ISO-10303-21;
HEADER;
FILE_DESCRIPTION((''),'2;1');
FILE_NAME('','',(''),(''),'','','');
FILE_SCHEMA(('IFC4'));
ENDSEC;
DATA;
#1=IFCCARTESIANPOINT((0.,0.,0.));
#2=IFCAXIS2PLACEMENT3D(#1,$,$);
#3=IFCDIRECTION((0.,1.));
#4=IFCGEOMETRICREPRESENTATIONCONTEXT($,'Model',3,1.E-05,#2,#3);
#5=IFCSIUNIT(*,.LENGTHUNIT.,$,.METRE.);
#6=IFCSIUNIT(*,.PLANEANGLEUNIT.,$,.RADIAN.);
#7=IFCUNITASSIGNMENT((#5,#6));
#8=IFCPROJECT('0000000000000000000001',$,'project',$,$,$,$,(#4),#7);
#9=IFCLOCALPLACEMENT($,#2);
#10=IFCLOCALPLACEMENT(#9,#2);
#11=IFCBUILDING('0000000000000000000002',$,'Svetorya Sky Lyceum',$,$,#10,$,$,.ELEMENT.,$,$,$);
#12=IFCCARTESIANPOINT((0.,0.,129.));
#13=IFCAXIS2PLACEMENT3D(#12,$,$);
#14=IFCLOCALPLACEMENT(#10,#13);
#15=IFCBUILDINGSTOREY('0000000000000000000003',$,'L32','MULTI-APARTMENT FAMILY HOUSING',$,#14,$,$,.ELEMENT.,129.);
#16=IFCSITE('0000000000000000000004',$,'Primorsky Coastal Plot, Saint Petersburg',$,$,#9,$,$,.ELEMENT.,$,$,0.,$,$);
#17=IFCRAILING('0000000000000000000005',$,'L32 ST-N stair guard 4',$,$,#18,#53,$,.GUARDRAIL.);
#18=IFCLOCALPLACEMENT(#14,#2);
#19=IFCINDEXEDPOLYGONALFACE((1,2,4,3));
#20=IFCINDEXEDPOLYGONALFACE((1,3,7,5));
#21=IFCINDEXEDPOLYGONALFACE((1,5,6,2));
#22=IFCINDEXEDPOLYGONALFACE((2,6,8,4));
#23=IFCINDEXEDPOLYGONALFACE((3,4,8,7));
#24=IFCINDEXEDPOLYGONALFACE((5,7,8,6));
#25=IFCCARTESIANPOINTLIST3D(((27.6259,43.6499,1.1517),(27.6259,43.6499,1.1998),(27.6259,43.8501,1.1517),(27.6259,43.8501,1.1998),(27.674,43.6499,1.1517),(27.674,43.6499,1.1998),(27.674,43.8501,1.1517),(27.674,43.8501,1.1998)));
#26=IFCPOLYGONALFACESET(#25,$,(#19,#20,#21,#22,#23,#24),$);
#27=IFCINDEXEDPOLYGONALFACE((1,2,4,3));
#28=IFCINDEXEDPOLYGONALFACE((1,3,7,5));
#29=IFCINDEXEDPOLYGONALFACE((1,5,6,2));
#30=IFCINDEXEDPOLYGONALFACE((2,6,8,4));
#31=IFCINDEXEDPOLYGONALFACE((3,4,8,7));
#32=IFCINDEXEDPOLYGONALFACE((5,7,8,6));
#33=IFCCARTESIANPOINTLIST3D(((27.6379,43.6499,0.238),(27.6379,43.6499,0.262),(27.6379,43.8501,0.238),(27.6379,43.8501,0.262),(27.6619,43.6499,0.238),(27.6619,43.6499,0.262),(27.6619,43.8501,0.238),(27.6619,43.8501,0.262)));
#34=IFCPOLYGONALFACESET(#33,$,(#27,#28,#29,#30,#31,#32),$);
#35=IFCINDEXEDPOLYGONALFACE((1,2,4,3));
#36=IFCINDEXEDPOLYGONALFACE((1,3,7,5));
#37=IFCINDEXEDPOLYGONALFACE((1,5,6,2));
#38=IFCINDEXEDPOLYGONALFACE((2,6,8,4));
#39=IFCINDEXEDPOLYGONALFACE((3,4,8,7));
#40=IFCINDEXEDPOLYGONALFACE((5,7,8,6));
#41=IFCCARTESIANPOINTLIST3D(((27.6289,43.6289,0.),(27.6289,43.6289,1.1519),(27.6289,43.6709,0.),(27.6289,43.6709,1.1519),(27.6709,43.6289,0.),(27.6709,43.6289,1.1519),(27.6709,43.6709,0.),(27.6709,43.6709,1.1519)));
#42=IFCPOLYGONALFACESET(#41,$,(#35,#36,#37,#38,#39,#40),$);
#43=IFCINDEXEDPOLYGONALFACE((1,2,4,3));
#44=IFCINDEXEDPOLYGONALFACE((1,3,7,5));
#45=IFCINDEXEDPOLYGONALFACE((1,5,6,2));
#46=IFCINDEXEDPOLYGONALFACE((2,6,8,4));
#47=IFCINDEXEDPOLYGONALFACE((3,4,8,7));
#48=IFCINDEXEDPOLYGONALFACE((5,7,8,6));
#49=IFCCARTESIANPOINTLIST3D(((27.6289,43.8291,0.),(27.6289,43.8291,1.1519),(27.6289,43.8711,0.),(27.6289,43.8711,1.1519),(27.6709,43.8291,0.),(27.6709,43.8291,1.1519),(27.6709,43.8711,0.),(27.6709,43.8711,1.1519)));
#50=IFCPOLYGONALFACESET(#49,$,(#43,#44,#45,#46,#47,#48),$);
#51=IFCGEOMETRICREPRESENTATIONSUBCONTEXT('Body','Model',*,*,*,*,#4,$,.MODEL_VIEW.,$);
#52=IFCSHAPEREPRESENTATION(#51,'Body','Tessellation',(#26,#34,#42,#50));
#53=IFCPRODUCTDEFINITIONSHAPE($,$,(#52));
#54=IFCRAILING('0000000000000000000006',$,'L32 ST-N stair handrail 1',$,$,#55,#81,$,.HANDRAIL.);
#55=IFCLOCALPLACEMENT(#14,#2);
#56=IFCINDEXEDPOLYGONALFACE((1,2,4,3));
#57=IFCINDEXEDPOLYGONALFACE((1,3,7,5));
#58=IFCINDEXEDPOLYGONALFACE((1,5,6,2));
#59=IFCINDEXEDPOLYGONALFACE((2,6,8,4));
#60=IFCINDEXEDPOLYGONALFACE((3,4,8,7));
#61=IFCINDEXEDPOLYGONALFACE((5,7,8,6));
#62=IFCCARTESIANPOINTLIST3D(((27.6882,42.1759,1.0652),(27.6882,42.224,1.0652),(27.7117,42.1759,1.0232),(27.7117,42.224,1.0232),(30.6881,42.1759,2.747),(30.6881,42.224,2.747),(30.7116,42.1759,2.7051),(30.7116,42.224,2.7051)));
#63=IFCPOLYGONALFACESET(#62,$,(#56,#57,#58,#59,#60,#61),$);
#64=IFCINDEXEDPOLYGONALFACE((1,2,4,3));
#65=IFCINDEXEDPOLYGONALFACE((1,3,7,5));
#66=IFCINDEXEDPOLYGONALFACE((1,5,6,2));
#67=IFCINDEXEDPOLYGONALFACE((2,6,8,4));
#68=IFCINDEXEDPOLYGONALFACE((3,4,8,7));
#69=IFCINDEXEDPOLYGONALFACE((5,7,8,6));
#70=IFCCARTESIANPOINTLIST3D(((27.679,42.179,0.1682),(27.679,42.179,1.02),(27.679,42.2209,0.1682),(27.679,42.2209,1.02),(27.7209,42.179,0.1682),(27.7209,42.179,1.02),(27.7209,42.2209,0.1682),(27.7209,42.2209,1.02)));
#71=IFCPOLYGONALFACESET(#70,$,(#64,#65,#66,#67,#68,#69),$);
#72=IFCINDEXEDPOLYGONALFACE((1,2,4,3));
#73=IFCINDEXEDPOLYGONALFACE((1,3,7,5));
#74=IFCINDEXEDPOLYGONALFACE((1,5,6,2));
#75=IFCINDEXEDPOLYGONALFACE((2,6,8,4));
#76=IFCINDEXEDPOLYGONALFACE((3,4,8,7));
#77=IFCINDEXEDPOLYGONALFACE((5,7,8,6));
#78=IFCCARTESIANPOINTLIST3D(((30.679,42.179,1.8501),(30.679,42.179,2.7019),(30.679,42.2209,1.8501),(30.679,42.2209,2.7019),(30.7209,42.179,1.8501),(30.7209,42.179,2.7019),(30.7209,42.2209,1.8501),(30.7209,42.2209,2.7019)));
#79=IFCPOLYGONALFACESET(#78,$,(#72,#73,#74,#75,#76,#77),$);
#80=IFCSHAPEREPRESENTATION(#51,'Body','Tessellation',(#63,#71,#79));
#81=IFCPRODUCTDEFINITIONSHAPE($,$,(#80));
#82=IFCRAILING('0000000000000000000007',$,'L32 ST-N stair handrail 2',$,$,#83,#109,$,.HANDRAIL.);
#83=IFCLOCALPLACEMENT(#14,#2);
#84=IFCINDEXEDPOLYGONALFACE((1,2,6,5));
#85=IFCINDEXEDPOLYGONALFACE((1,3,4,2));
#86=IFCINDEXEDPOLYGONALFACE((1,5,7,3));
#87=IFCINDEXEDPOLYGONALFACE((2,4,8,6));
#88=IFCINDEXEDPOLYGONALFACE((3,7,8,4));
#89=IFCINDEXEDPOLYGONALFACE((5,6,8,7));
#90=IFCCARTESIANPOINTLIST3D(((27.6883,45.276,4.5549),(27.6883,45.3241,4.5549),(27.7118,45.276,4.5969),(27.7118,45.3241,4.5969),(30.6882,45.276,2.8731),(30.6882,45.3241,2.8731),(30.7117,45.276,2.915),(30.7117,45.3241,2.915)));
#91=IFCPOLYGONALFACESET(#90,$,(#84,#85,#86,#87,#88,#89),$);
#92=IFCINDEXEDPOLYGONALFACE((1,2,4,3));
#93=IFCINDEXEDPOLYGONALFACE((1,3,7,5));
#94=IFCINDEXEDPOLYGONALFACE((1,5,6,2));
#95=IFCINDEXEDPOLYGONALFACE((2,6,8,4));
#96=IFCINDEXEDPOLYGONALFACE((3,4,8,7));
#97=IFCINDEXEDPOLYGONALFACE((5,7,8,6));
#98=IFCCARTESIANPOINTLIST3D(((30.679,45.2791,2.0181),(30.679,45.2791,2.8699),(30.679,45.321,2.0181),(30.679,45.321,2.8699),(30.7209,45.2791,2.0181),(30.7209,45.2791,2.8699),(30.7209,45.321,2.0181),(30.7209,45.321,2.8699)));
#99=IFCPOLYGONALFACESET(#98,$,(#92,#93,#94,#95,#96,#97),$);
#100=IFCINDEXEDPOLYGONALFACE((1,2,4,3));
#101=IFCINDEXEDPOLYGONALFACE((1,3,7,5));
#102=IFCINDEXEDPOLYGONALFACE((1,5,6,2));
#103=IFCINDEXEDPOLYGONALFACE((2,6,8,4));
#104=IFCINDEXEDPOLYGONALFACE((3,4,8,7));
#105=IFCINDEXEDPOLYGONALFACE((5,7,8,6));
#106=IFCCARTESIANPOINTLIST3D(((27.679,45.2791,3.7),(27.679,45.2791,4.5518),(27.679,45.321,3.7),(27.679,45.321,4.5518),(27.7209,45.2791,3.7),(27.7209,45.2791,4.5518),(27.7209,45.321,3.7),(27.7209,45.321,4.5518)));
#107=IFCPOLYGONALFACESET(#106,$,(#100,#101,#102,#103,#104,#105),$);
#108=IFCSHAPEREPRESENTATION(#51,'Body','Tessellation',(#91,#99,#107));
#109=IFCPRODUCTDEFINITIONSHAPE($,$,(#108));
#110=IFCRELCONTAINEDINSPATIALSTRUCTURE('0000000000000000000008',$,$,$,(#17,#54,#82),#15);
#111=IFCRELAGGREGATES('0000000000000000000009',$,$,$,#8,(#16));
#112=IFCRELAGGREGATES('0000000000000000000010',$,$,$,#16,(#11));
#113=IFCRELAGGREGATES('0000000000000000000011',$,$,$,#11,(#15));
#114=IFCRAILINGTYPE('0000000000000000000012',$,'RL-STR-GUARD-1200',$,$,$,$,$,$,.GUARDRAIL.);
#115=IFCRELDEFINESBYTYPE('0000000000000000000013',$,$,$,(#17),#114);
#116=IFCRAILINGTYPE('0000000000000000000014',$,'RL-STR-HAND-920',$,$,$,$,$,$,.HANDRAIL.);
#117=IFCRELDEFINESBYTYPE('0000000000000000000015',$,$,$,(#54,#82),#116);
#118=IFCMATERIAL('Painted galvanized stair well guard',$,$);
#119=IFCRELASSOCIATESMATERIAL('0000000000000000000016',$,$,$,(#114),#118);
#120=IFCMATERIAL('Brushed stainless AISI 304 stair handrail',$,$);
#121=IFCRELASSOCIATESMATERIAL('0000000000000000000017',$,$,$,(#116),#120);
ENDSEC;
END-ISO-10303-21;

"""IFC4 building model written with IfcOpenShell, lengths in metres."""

from ifc_helpers import new_model, si_unit, direction, frame, origin, origin_2d, place, context, subcontext, project, spatial, rectangle, extrude, material, type_object, element, save


model = new_model("IFC4")

# Units and contexts
model_context = context("Model", 3, precision=1e-05, world=origin(), true_north=direction((0.0, 1.0)))
body_context = subcontext(model_context, "Body", "Model", "MODEL_VIEW")
ifc_project = project(units=[si_unit("LENGTHUNIT", "METRE"), si_unit("PLANEANGLEUNIT", "RADIAN")], contexts=[model_context])

# Site, building, storey
site_placement = place(None, origin())
site = spatial("IfcSite", under=ifc_project, at=site_placement, Name="Primorsky Coastal Plot, Saint Petersburg", CompositionType="ELEMENT", RefElevation=0.0)
building_placement = place(site_placement, origin())
building = spatial("IfcBuilding", under=site, at=building_placement, Name="Svetorya Sky Lyceum", CompositionType="ELEMENT")
storey_placement = place(building_placement, frame((0.0, 0.0, 129.0)))
storey = spatial("IfcBuildingStorey", under=building, at=storey_placement, Name="L32", Description="MULTI-APARTMENT FAMILY HOUSING", CompositionType="ELEMENT", Elevation=129.0)

# Railings
ifc_material_1 = material(Name="Painted galvanized stair well guard")
railing_type_1 = type_object("IfcRailingType", Name="RL-STR-GUARD-1200", PredefinedType="GUARDRAIL", material=ifc_material_1)
railing_1_placement = place(storey_placement, frame((27.6499, 43.6499, 0.0)))
element("IfcRailing", 1, at=railing_1_placement, inside=storey, type_object=railing_type_1, Name="L32 ST-N stair guard 4", PredefinedType="GUARDRAIL", context=body_context, shape_type="SweptSolid", body=[
    extrude(rectangle(XDim=0.0481, YDim=0.0481, at=origin_2d()), frame((0.0, 0.0, 1.1758), z_axis=(0.0, 1.0, 0.0), x_axis=(-1.0, 0.0, 0.0)), (0.0, 0.0, 1.0), 0.2002),
    extrude(rectangle(XDim=0.0239, YDim=0.0239, at=origin_2d()), frame((0.0, 0.0, 0.25), z_axis=(0.0, 1.0, 0.0), x_axis=(-1.0, 0.0, 0.0)), (0.0, 0.0, 1.0), 0.2002),
    extrude(rectangle(XDim=0.042, YDim=0.042, at=origin_2d()), origin(), (0.0, 0.0, 1.0), 1.1519),
    extrude(rectangle(XDim=0.042, YDim=0.042, at=origin_2d()), frame((0.0, 0.2002, 0.0)), (0.0, 0.0, 1.0), 1.1519),
])
ifc_material_2 = material(Name="Brushed stainless AISI 304 stair handrail")
railing_type_2 = type_object("IfcRailingType", Name="RL-STR-HAND-920", PredefinedType="HANDRAIL", material=ifc_material_2)
railing_2_placement = place(storey_placement, frame((27.7, 42.2, 0.1682)))
element("IfcRailing", 2, at=railing_2_placement, inside=storey, type_object=railing_type_2, Name="L32 ST-N stair handrail 1", PredefinedType="HANDRAIL", context=body_context, shape_type="SweptSolid", body=[
    extrude(rectangle(XDim=0.0481, YDim=0.0481, at=origin_2d()), frame((0.0, 0.0, 0.876), z_axis=(0.872272, 0.0, 0.48902), x_axis=(0.0, 1.0, 0.0)), (0.0, 0.0, 1.0), 3.4392),
    extrude(rectangle(XDim=0.042, YDim=0.042, at=origin_2d()), origin(), (0.0, 0.0, 1.0), 0.8518),
    extrude(rectangle(XDim=0.042, YDim=0.042, at=origin_2d()), frame((3.0, 0.0, 1.6819)), (0.0, 0.0, 1.0), 0.8518),
])
railing_3_placement = place(storey_placement, frame((30.7, 45.3, 2.0181)))
element("IfcRailing", 3, at=railing_3_placement, inside=storey, type_object=railing_type_2, Name="L32 ST-N stair handrail 2", PredefinedType="HANDRAIL", context=body_context, shape_type="SweptSolid", body=[
    extrude(rectangle(XDim=0.0481, YDim=0.0481, at=origin_2d()), frame((0.0, 0.0, 0.876), z_axis=(-0.872272, 0.0, 0.48902), x_axis=(0.0, -1.0, 0.0)), (0.0, 0.0, 1.0), 3.4392),
    extrude(rectangle(XDim=0.042, YDim=0.042, at=origin_2d()), origin(), (0.0, 0.0, 1.0), 0.8518),
    extrude(rectangle(XDim=0.042, YDim=0.042, at=origin_2d()), frame((-3.0, 0.0, 1.6819)), (0.0, 0.0, 1.0), 0.8518),
])

save(model, "model.ifc")
